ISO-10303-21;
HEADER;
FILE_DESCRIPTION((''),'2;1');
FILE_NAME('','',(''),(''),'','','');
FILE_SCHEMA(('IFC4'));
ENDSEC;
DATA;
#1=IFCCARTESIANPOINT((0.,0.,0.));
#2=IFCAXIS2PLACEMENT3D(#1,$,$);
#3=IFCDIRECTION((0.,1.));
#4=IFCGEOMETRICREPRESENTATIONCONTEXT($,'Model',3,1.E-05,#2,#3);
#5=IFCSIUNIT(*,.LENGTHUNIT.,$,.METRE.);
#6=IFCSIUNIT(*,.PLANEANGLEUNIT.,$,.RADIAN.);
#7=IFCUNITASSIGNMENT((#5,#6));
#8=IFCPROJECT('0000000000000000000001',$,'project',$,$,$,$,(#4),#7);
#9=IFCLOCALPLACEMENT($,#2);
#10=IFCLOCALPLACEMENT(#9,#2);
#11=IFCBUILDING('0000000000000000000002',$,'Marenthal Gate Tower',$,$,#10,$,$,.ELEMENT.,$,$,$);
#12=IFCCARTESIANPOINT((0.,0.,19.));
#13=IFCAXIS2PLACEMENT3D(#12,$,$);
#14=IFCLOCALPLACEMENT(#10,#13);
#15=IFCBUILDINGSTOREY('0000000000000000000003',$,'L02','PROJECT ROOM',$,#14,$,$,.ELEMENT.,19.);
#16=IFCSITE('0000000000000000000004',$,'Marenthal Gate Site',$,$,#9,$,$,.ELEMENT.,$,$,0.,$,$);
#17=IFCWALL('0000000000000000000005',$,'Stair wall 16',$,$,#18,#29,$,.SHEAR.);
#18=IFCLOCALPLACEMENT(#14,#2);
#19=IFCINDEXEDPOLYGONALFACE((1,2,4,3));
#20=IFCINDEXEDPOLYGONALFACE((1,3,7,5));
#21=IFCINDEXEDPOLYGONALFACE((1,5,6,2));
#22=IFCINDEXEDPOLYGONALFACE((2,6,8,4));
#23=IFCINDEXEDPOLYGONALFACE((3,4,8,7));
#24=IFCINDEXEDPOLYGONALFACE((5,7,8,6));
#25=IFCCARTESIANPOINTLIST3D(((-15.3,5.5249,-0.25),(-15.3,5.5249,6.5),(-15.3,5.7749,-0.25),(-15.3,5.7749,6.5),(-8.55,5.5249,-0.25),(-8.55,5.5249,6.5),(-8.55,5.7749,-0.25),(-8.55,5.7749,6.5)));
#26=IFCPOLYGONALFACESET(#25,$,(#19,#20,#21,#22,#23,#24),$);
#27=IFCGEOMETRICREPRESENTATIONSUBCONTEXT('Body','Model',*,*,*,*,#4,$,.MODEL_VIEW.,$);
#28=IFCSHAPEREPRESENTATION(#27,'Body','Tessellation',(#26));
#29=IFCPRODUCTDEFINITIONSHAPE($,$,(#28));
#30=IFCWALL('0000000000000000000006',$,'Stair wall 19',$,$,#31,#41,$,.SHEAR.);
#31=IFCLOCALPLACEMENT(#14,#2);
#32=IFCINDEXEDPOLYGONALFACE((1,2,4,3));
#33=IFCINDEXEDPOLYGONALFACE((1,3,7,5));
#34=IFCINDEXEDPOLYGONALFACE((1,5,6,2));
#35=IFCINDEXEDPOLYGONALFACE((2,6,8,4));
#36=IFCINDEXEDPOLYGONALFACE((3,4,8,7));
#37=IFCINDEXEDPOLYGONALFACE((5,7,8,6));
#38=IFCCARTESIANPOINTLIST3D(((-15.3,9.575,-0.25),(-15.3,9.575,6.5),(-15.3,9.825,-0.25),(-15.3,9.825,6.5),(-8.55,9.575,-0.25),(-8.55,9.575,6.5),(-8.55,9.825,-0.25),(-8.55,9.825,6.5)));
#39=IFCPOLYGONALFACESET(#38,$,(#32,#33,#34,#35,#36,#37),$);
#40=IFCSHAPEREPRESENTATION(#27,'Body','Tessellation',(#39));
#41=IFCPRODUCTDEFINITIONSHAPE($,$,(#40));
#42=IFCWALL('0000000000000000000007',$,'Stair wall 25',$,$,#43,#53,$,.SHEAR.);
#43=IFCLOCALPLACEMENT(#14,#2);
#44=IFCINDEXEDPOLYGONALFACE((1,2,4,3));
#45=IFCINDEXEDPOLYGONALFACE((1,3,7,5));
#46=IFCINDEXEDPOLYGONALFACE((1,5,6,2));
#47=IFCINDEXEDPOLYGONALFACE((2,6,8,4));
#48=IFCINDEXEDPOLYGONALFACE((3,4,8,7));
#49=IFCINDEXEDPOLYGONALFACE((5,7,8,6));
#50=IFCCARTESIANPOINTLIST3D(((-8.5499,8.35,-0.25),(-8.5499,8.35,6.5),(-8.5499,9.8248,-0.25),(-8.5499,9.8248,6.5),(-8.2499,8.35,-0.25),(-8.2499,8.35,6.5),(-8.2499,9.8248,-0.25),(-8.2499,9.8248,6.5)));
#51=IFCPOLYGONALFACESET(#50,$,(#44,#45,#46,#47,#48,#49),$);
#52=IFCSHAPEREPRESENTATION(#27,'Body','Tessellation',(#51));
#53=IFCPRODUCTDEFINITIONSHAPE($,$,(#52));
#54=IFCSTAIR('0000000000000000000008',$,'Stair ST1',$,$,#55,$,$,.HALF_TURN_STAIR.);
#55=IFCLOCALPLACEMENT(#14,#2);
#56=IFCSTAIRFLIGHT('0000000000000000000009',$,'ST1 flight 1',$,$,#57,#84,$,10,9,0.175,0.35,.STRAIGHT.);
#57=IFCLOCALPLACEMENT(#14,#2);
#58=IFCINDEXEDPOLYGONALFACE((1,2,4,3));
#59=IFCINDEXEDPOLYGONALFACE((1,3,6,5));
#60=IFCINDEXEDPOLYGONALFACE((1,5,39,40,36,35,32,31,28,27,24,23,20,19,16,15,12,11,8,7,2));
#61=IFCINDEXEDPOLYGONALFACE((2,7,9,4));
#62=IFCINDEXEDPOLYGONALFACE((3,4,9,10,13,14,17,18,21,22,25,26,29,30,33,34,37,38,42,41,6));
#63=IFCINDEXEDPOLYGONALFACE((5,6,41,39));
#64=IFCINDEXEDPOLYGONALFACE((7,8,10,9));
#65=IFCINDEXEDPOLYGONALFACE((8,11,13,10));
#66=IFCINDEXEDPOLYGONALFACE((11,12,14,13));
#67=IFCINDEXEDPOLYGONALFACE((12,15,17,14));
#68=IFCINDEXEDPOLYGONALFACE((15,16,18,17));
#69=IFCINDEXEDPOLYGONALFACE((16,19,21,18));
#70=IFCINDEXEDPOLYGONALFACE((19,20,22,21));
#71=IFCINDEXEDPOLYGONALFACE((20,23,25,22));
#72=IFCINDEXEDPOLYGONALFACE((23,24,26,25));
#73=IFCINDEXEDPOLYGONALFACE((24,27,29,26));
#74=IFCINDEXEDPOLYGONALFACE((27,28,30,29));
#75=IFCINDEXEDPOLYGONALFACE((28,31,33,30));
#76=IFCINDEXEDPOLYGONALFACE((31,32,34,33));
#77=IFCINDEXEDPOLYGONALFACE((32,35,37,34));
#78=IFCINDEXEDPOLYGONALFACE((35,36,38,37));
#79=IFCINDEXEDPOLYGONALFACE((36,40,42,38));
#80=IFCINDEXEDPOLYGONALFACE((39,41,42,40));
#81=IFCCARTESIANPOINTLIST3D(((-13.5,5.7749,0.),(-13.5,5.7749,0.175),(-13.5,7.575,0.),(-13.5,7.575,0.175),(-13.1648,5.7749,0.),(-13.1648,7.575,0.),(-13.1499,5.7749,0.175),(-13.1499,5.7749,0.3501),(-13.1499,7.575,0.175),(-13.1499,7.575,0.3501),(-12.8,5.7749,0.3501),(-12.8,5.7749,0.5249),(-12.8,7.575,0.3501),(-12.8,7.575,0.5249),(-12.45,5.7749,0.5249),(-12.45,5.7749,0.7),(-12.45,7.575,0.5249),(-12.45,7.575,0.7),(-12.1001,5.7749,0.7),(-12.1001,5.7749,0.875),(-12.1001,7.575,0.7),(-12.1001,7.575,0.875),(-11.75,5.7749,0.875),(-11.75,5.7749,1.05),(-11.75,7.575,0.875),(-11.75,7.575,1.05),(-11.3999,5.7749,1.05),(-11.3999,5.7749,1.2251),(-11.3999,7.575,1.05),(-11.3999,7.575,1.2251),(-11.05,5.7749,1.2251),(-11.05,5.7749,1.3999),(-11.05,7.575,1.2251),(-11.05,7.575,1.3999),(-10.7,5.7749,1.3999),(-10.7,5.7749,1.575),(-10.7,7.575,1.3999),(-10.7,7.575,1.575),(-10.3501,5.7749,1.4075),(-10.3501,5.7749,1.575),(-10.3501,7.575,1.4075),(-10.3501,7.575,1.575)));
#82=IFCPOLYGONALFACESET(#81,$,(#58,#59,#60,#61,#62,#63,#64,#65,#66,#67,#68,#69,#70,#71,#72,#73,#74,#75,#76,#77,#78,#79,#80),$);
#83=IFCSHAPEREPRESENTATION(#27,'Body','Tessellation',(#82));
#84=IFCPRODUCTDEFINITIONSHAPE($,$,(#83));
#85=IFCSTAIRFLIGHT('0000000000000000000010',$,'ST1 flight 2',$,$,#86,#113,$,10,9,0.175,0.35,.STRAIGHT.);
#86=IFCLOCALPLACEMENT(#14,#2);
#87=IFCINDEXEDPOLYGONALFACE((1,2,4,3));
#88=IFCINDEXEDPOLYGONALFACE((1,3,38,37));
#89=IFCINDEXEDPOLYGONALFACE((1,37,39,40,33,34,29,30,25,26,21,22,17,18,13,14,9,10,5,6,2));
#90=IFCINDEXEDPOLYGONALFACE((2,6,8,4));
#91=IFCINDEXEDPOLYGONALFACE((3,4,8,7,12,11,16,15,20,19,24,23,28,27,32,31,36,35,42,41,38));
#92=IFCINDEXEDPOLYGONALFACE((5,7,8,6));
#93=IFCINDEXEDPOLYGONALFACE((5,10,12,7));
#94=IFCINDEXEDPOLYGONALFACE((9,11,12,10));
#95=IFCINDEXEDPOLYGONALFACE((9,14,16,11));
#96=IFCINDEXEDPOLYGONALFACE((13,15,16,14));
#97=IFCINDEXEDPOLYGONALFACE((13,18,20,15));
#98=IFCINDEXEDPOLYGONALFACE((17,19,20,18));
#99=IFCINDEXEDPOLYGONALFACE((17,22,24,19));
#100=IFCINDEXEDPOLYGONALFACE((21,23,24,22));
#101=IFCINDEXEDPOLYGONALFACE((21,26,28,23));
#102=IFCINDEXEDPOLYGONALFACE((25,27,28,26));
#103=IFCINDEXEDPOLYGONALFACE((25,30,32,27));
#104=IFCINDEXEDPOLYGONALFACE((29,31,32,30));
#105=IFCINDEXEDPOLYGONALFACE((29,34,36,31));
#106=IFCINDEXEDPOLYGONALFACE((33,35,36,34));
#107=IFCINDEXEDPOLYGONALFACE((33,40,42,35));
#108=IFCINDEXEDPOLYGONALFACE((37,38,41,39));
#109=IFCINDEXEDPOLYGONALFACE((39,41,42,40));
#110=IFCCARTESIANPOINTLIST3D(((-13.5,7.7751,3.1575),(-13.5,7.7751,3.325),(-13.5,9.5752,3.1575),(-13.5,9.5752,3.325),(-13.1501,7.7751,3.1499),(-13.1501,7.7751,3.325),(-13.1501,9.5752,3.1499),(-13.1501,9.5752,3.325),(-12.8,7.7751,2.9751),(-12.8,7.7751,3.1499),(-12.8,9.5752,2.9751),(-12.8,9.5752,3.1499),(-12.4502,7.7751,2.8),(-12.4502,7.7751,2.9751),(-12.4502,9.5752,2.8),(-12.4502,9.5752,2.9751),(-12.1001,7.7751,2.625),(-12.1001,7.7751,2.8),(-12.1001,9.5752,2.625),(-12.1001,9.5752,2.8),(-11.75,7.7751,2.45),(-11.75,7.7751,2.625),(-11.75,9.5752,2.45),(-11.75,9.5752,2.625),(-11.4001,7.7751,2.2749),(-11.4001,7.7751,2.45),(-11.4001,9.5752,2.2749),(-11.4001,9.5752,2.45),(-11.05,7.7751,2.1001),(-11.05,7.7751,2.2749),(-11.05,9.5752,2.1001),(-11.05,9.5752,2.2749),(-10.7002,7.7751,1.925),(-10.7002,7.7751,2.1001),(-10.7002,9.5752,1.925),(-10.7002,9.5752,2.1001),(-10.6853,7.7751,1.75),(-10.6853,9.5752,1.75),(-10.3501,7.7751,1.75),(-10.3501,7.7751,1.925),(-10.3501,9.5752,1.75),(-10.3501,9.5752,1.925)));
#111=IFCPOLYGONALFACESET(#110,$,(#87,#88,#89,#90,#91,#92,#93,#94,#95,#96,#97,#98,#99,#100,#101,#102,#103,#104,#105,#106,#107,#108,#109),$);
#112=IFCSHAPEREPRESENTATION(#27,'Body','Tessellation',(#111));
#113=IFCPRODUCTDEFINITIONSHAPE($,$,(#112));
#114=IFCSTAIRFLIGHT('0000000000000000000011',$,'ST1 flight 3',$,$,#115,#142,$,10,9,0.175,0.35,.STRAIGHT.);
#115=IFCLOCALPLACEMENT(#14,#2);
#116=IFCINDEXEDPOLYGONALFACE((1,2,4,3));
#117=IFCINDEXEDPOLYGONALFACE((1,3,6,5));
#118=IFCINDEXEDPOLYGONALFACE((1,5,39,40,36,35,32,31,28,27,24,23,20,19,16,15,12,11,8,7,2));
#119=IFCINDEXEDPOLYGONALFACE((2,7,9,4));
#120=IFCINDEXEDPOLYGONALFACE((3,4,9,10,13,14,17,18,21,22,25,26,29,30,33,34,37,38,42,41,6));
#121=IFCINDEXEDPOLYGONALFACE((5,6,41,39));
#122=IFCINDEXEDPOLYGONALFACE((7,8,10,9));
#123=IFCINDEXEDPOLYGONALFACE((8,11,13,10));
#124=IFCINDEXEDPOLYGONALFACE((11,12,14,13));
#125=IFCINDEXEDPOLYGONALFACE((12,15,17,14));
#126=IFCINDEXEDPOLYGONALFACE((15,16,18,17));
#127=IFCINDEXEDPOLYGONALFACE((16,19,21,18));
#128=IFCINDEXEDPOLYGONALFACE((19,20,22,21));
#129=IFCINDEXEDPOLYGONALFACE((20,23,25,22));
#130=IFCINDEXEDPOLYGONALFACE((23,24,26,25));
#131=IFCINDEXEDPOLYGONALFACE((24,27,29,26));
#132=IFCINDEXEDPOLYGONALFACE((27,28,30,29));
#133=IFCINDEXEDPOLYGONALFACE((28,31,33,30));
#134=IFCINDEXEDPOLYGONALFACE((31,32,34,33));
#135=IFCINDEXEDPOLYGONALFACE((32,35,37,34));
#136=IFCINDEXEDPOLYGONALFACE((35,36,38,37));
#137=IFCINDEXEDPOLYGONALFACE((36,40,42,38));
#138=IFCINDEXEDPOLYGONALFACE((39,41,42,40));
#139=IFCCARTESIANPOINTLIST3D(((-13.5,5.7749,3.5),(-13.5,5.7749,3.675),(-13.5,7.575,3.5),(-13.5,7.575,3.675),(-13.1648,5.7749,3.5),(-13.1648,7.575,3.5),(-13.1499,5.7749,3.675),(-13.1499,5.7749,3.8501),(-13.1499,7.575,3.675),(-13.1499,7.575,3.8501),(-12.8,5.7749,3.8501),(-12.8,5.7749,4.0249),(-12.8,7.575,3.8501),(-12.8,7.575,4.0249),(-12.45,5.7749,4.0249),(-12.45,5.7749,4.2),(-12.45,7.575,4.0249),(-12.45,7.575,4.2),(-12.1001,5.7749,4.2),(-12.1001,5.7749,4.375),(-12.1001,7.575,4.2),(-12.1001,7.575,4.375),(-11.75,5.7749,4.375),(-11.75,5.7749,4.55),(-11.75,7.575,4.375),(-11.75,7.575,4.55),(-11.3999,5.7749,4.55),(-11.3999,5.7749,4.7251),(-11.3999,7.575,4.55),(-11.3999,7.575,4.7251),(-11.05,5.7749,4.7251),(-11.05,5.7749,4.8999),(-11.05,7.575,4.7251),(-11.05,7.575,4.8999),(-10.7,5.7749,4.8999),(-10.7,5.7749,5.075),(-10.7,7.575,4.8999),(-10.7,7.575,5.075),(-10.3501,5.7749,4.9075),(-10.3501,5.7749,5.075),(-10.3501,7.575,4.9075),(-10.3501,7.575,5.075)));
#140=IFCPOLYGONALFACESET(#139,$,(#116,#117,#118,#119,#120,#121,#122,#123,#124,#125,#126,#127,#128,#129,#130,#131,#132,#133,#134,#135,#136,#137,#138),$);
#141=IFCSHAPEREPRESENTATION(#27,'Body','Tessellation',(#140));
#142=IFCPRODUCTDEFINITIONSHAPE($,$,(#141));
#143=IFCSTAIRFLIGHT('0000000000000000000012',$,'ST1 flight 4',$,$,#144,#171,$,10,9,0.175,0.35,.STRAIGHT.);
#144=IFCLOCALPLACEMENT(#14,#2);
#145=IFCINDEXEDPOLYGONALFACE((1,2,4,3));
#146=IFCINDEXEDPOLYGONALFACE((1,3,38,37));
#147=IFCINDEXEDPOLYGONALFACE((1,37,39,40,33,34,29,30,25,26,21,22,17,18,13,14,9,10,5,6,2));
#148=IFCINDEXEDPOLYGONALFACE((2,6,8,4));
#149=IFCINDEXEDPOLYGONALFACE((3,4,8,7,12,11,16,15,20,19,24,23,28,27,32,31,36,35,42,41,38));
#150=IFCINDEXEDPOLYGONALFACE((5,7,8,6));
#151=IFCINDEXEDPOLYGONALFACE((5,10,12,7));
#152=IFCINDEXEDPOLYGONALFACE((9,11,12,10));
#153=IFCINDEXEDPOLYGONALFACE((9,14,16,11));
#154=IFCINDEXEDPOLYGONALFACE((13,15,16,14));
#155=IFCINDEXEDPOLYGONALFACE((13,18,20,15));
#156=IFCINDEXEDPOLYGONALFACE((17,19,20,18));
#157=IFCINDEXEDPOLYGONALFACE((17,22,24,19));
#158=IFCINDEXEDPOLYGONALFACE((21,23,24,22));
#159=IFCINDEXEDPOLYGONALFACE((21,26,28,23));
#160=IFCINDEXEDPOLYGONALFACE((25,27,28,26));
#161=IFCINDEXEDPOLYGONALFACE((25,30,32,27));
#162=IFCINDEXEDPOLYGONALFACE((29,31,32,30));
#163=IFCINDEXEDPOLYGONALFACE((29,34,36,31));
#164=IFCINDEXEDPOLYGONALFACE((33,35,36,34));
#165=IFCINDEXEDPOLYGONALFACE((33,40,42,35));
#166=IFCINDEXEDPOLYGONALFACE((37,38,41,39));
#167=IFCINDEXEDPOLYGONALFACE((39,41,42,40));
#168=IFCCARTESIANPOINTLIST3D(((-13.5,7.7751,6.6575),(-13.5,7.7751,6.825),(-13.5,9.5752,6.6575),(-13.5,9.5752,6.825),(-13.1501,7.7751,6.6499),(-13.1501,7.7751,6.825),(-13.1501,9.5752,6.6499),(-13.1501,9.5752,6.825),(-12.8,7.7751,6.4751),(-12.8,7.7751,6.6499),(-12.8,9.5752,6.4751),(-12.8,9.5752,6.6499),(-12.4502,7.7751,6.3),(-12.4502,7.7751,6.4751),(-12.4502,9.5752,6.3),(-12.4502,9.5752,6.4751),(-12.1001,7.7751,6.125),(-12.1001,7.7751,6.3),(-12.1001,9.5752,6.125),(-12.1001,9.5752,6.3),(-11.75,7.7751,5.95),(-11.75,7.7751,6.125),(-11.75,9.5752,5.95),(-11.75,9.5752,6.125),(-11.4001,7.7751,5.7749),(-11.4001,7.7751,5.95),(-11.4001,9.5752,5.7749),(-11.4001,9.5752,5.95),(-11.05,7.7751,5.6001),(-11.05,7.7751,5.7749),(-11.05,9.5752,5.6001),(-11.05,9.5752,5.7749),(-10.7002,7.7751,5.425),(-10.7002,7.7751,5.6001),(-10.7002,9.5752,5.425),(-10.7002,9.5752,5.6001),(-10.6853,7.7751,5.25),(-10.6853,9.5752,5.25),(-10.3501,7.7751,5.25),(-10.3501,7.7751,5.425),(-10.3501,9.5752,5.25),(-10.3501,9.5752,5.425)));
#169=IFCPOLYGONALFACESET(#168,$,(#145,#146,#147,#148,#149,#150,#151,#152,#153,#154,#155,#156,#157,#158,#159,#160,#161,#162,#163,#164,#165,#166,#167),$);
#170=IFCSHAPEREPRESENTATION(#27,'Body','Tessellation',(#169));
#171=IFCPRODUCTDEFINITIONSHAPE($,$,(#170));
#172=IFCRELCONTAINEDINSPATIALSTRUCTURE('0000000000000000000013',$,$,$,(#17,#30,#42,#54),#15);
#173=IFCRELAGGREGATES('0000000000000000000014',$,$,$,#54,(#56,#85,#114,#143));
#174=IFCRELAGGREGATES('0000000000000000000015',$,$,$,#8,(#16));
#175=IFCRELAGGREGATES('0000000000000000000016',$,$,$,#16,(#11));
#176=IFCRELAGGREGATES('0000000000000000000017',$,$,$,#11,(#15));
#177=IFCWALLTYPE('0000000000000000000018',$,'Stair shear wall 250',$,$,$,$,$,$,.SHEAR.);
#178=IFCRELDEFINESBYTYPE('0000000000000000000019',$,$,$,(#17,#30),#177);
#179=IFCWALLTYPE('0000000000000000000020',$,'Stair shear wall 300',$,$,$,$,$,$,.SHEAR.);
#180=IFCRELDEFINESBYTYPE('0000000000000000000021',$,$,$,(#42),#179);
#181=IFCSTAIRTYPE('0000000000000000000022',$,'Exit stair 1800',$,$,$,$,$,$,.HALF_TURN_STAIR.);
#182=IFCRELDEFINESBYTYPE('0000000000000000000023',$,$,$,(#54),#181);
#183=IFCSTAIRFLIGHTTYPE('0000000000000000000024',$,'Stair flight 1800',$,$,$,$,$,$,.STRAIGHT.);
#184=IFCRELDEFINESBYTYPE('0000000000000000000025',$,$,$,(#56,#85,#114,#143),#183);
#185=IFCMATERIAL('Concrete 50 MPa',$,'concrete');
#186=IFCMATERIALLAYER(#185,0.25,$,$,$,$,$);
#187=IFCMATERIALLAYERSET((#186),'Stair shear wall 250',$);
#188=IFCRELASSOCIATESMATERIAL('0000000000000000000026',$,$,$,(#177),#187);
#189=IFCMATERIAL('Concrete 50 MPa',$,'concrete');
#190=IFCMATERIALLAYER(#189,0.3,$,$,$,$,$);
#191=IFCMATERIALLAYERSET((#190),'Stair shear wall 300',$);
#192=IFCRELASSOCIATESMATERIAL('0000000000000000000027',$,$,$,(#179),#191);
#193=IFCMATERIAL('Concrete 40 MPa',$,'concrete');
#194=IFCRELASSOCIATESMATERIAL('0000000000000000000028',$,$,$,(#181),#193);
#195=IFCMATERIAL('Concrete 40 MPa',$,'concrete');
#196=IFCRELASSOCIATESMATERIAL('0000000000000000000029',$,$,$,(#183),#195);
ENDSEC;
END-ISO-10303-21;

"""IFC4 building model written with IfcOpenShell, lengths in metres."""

from ifc_helpers import new_model, si_unit, direction, frame, frame_2d, origin, place, context, subcontext, project, spatial, polyline, rectangle, outline, extrude, material, layer, layer_set, type_object, element, aggregate, save


model = new_model("IFC4")

# Units and contexts
model_context = context("Model", 3, precision=1e-05, world=origin(), true_north=direction((0.0, 1.0)))
body_context = subcontext(model_context, "Body", "Model", "MODEL_VIEW")
ifc_project = project(units=[si_unit("LENGTHUNIT", "METRE"), si_unit("PLANEANGLEUNIT", "RADIAN")], contexts=[model_context])

# Site, building, storey
site_placement = place(None, origin())
site = spatial("IfcSite", under=ifc_project, at=site_placement, Name="Marenthal Gate Site", CompositionType="ELEMENT", RefElevation=0.0)
building_placement = place(site_placement, origin())
building = spatial("IfcBuilding", under=site, at=building_placement, Name="Marenthal Gate Tower", CompositionType="ELEMENT")
storey_placement = place(building_placement, frame((0.0, 0.0, 19.0)))
storey = spatial("IfcBuildingStorey", under=building, at=storey_placement, Name="L02", Description="PROJECT ROOM", CompositionType="ELEMENT", Elevation=19.0)

# Walls
ifc_material_1 = material(Name="Concrete 50 MPa", Category="concrete")
ifc_layer_1 = layer(ifc_material_1, 0.25)
ifc_layer_set_1 = layer_set([ifc_layer_1], Name="Stair shear wall 250")
wall_type_1 = type_object("IfcWallType", Name="Stair shear wall 250", PredefinedType="SHEAR", material=ifc_layer_set_1)
for number, where, z_axis, x_axis, name in (
    (1, (-15.3, 5.6499, -0.25), (0.0, 0.0, 1.0), (1.0, 0.0, 0.0), "Stair wall 16"),
    (2, (-15.3, 9.7, -0.25), (0.0, 0.0, 1.0), (1.0, 0.0, 0.0), "Stair wall 19"),
):
    element("IfcWall", number, at=place(storey_placement, frame(where, z_axis=z_axis, x_axis=x_axis)), inside=storey, type_object=wall_type_1, Name=name, PredefinedType="SHEAR", context=body_context, shape_type="SweptSolid", body=[
        extrude(rectangle(XDim=6.75, YDim=0.25, at=frame_2d((3.375, 0.0))), origin(), (0.0, 0.0, 1.0), 6.75),
    ])
ifc_material_2 = material(Name="Concrete 50 MPa", Category="concrete")
ifc_layer_2 = layer(ifc_material_2, 0.3)
ifc_layer_set_2 = layer_set([ifc_layer_2], Name="Stair shear wall 300")
wall_type_2 = type_object("IfcWallType", Name="Stair shear wall 300", PredefinedType="SHEAR", material=ifc_layer_set_2)
wall_1_placement = place(storey_placement, frame((-8.3999, 8.3501, -0.25), z_axis=(0.0, 0.0, 1.0), x_axis=(0.0, 1.0, 0.0)))
element("IfcWall", 3, at=wall_1_placement, inside=storey, type_object=wall_type_2, Name="Stair wall 25", PredefinedType="SHEAR", context=body_context, shape_type="SweptSolid", body=[
    extrude(rectangle(XDim=1.4749, YDim=0.3, at=frame_2d((0.7373, 0.0))), origin(), (0.0, 0.0, 1.0), 6.75),
])

# Stair, stair flights
ifc_material_3 = material(Name="Concrete 40 MPa", Category="concrete")
stair_type = type_object("IfcStairType", Name="Exit stair 1800", PredefinedType="HALF_TURN_STAIR", material=ifc_material_3)
stair_placement = place(storey_placement, origin())
stair = element("IfcStair", 4, at=stair_placement, inside=storey, type_object=stair_type, Name="Stair ST1", PredefinedType="HALF_TURN_STAIR")
ifc_material_4 = material(Name="Concrete 40 MPa", Category="concrete")
stair_flight_type = type_object("IfcStairFlightType", Name="Stair flight 1800", PredefinedType="STRAIGHT", material=ifc_material_4)
stair_flight_1_placement = place(storey_placement, frame((-13.5, 6.675, 0.0), z_axis=(0.0, 0.0, 1.0), x_axis=(1.0, 0.0, 0.0)))
stair_flight_1 = element("IfcStairFlight", 5, at=stair_flight_1_placement, type_object=stair_flight_type, Name="ST1 flight 1", NumberOfRisers=10, NumberOfTreads=9, PredefinedType="STRAIGHT", RiserHeight=0.175, TreadLength=0.35, context=body_context, shape_type="SweptSolid", body=[
    extrude(outline(polyline([(0.0, 0.0), (0.0, 0.175), (0.3501, 0.175), (0.3501, 0.3501), (0.7, 0.3501), (0.7, 0.5249), (1.05, 0.5249), (1.05, 0.7), (1.3999, 0.7), (1.3999, 0.875), (1.75, 0.875), (1.75, 1.05), (2.1001, 1.05), (2.1001, 1.2251), (2.45, 1.2251), (2.45, 1.3999), (2.8, 1.3999), (2.8, 1.575), (3.1499, 1.575), (3.1499, 1.75), (3.1499, 1.4075), (0.3352, 0.0), (0.0, 0.0)])), frame((0.0, 0.8999, 0.0), z_axis=(0.0, -1.0, 0.0), x_axis=(1.0, 0.0, 0.0)), (0.0, 0.0, 1.0), 1.8),
])
stair_flight_2_placement = place(storey_placement, frame((-10.3501, 8.675, 1.75), z_axis=(0.0, 0.0, 1.0), x_axis=(-1.0, 0.0, 0.0)))
stair_flight_2 = element("IfcStairFlight", 6, at=stair_flight_2_placement, type_object=stair_flight_type, Name="ST1 flight 2", NumberOfRisers=10, NumberOfTreads=9, PredefinedType="STRAIGHT", RiserHeight=0.175, TreadLength=0.35, context=body_context, shape_type="SweptSolid", body=[
    extrude(outline(polyline([(0.0, 0.0), (0.0, 0.175), (0.3501, 0.175), (0.3501, 0.3501), (0.7, 0.3501), (0.7, 0.5249), (1.05, 0.5249), (1.05, 0.7), (1.3999, 0.7), (1.3999, 0.875), (1.75, 0.875), (1.75, 1.05), (2.1001, 1.05), (2.1001, 1.2251), (2.45, 1.2251), (2.45, 1.3999), (2.8, 1.3999), (2.8, 1.575), (3.1499, 1.575), (3.1499, 1.75), (3.1499, 1.4075), (0.3352, 0.0), (0.0, 0.0)])), frame((0.0, 0.8999, 0.0), z_axis=(0.0, -1.0, 0.0), x_axis=(1.0, 0.0, 0.0)), (0.0, 0.0, 1.0), 1.8),
])
stair_flight_3_placement = place(storey_placement, frame((-13.5, 6.675, 3.5), z_axis=(0.0, 0.0, 1.0), x_axis=(1.0, 0.0, 0.0)))
stair_flight_3 = element("IfcStairFlight", 7, at=stair_flight_3_placement, type_object=stair_flight_type, Name="ST1 flight 3", NumberOfRisers=10, NumberOfTreads=9, PredefinedType="STRAIGHT", RiserHeight=0.175, TreadLength=0.35, context=body_context, shape_type="SweptSolid", body=[
    extrude(outline(polyline([(0.0, 0.0), (0.0, 0.175), (0.3501, 0.175), (0.3501, 0.3501), (0.7, 0.3501), (0.7, 0.5249), (1.05, 0.5249), (1.05, 0.7), (1.3999, 0.7), (1.3999, 0.875), (1.75, 0.875), (1.75, 1.05), (2.1001, 1.05), (2.1001, 1.2251), (2.45, 1.2251), (2.45, 1.3999), (2.8, 1.3999), (2.8, 1.575), (3.1499, 1.575), (3.1499, 1.75), (3.1499, 1.4075), (0.3352, 0.0), (0.0, 0.0)])), frame((0.0, 0.8999, 0.0), z_axis=(0.0, -1.0, 0.0), x_axis=(1.0, 0.0, 0.0)), (0.0, 0.0, 1.0), 1.8),
])
stair_flight_4_placement = place(storey_placement, frame((-10.3501, 8.675, 5.25), z_axis=(0.0, 0.0, 1.0), x_axis=(-1.0, 0.0, 0.0)))
stair_flight_4 = element("IfcStairFlight", 8, at=stair_flight_4_placement, type_object=stair_flight_type, Name="ST1 flight 4", NumberOfRisers=10, NumberOfTreads=9, PredefinedType="STRAIGHT", RiserHeight=0.175, TreadLength=0.35, context=body_context, shape_type="SweptSolid", body=[
    extrude(outline(polyline([(0.0, 0.0), (0.0, 0.175), (0.3501, 0.175), (0.3501, 0.3501), (0.7, 0.3501), (0.7, 0.5249), (1.05, 0.5249), (1.05, 0.7), (1.3999, 0.7), (1.3999, 0.875), (1.75, 0.875), (1.75, 1.05), (2.1001, 1.05), (2.1001, 1.2251), (2.45, 1.2251), (2.45, 1.3999), (2.8, 1.3999), (2.8, 1.575), (3.1499, 1.575), (3.1499, 1.75), (3.1499, 1.4075), (0.3352, 0.0), (0.0, 0.0)])), frame((0.0, 0.8999, 0.0), z_axis=(0.0, -1.0, 0.0), x_axis=(1.0, 0.0, 0.0)), (0.0, 0.0, 1.0), 1.8),
])
aggregate(stair, [stair_flight_1, stair_flight_2, stair_flight_3, stair_flight_4])

save(model, "model.ifc")
